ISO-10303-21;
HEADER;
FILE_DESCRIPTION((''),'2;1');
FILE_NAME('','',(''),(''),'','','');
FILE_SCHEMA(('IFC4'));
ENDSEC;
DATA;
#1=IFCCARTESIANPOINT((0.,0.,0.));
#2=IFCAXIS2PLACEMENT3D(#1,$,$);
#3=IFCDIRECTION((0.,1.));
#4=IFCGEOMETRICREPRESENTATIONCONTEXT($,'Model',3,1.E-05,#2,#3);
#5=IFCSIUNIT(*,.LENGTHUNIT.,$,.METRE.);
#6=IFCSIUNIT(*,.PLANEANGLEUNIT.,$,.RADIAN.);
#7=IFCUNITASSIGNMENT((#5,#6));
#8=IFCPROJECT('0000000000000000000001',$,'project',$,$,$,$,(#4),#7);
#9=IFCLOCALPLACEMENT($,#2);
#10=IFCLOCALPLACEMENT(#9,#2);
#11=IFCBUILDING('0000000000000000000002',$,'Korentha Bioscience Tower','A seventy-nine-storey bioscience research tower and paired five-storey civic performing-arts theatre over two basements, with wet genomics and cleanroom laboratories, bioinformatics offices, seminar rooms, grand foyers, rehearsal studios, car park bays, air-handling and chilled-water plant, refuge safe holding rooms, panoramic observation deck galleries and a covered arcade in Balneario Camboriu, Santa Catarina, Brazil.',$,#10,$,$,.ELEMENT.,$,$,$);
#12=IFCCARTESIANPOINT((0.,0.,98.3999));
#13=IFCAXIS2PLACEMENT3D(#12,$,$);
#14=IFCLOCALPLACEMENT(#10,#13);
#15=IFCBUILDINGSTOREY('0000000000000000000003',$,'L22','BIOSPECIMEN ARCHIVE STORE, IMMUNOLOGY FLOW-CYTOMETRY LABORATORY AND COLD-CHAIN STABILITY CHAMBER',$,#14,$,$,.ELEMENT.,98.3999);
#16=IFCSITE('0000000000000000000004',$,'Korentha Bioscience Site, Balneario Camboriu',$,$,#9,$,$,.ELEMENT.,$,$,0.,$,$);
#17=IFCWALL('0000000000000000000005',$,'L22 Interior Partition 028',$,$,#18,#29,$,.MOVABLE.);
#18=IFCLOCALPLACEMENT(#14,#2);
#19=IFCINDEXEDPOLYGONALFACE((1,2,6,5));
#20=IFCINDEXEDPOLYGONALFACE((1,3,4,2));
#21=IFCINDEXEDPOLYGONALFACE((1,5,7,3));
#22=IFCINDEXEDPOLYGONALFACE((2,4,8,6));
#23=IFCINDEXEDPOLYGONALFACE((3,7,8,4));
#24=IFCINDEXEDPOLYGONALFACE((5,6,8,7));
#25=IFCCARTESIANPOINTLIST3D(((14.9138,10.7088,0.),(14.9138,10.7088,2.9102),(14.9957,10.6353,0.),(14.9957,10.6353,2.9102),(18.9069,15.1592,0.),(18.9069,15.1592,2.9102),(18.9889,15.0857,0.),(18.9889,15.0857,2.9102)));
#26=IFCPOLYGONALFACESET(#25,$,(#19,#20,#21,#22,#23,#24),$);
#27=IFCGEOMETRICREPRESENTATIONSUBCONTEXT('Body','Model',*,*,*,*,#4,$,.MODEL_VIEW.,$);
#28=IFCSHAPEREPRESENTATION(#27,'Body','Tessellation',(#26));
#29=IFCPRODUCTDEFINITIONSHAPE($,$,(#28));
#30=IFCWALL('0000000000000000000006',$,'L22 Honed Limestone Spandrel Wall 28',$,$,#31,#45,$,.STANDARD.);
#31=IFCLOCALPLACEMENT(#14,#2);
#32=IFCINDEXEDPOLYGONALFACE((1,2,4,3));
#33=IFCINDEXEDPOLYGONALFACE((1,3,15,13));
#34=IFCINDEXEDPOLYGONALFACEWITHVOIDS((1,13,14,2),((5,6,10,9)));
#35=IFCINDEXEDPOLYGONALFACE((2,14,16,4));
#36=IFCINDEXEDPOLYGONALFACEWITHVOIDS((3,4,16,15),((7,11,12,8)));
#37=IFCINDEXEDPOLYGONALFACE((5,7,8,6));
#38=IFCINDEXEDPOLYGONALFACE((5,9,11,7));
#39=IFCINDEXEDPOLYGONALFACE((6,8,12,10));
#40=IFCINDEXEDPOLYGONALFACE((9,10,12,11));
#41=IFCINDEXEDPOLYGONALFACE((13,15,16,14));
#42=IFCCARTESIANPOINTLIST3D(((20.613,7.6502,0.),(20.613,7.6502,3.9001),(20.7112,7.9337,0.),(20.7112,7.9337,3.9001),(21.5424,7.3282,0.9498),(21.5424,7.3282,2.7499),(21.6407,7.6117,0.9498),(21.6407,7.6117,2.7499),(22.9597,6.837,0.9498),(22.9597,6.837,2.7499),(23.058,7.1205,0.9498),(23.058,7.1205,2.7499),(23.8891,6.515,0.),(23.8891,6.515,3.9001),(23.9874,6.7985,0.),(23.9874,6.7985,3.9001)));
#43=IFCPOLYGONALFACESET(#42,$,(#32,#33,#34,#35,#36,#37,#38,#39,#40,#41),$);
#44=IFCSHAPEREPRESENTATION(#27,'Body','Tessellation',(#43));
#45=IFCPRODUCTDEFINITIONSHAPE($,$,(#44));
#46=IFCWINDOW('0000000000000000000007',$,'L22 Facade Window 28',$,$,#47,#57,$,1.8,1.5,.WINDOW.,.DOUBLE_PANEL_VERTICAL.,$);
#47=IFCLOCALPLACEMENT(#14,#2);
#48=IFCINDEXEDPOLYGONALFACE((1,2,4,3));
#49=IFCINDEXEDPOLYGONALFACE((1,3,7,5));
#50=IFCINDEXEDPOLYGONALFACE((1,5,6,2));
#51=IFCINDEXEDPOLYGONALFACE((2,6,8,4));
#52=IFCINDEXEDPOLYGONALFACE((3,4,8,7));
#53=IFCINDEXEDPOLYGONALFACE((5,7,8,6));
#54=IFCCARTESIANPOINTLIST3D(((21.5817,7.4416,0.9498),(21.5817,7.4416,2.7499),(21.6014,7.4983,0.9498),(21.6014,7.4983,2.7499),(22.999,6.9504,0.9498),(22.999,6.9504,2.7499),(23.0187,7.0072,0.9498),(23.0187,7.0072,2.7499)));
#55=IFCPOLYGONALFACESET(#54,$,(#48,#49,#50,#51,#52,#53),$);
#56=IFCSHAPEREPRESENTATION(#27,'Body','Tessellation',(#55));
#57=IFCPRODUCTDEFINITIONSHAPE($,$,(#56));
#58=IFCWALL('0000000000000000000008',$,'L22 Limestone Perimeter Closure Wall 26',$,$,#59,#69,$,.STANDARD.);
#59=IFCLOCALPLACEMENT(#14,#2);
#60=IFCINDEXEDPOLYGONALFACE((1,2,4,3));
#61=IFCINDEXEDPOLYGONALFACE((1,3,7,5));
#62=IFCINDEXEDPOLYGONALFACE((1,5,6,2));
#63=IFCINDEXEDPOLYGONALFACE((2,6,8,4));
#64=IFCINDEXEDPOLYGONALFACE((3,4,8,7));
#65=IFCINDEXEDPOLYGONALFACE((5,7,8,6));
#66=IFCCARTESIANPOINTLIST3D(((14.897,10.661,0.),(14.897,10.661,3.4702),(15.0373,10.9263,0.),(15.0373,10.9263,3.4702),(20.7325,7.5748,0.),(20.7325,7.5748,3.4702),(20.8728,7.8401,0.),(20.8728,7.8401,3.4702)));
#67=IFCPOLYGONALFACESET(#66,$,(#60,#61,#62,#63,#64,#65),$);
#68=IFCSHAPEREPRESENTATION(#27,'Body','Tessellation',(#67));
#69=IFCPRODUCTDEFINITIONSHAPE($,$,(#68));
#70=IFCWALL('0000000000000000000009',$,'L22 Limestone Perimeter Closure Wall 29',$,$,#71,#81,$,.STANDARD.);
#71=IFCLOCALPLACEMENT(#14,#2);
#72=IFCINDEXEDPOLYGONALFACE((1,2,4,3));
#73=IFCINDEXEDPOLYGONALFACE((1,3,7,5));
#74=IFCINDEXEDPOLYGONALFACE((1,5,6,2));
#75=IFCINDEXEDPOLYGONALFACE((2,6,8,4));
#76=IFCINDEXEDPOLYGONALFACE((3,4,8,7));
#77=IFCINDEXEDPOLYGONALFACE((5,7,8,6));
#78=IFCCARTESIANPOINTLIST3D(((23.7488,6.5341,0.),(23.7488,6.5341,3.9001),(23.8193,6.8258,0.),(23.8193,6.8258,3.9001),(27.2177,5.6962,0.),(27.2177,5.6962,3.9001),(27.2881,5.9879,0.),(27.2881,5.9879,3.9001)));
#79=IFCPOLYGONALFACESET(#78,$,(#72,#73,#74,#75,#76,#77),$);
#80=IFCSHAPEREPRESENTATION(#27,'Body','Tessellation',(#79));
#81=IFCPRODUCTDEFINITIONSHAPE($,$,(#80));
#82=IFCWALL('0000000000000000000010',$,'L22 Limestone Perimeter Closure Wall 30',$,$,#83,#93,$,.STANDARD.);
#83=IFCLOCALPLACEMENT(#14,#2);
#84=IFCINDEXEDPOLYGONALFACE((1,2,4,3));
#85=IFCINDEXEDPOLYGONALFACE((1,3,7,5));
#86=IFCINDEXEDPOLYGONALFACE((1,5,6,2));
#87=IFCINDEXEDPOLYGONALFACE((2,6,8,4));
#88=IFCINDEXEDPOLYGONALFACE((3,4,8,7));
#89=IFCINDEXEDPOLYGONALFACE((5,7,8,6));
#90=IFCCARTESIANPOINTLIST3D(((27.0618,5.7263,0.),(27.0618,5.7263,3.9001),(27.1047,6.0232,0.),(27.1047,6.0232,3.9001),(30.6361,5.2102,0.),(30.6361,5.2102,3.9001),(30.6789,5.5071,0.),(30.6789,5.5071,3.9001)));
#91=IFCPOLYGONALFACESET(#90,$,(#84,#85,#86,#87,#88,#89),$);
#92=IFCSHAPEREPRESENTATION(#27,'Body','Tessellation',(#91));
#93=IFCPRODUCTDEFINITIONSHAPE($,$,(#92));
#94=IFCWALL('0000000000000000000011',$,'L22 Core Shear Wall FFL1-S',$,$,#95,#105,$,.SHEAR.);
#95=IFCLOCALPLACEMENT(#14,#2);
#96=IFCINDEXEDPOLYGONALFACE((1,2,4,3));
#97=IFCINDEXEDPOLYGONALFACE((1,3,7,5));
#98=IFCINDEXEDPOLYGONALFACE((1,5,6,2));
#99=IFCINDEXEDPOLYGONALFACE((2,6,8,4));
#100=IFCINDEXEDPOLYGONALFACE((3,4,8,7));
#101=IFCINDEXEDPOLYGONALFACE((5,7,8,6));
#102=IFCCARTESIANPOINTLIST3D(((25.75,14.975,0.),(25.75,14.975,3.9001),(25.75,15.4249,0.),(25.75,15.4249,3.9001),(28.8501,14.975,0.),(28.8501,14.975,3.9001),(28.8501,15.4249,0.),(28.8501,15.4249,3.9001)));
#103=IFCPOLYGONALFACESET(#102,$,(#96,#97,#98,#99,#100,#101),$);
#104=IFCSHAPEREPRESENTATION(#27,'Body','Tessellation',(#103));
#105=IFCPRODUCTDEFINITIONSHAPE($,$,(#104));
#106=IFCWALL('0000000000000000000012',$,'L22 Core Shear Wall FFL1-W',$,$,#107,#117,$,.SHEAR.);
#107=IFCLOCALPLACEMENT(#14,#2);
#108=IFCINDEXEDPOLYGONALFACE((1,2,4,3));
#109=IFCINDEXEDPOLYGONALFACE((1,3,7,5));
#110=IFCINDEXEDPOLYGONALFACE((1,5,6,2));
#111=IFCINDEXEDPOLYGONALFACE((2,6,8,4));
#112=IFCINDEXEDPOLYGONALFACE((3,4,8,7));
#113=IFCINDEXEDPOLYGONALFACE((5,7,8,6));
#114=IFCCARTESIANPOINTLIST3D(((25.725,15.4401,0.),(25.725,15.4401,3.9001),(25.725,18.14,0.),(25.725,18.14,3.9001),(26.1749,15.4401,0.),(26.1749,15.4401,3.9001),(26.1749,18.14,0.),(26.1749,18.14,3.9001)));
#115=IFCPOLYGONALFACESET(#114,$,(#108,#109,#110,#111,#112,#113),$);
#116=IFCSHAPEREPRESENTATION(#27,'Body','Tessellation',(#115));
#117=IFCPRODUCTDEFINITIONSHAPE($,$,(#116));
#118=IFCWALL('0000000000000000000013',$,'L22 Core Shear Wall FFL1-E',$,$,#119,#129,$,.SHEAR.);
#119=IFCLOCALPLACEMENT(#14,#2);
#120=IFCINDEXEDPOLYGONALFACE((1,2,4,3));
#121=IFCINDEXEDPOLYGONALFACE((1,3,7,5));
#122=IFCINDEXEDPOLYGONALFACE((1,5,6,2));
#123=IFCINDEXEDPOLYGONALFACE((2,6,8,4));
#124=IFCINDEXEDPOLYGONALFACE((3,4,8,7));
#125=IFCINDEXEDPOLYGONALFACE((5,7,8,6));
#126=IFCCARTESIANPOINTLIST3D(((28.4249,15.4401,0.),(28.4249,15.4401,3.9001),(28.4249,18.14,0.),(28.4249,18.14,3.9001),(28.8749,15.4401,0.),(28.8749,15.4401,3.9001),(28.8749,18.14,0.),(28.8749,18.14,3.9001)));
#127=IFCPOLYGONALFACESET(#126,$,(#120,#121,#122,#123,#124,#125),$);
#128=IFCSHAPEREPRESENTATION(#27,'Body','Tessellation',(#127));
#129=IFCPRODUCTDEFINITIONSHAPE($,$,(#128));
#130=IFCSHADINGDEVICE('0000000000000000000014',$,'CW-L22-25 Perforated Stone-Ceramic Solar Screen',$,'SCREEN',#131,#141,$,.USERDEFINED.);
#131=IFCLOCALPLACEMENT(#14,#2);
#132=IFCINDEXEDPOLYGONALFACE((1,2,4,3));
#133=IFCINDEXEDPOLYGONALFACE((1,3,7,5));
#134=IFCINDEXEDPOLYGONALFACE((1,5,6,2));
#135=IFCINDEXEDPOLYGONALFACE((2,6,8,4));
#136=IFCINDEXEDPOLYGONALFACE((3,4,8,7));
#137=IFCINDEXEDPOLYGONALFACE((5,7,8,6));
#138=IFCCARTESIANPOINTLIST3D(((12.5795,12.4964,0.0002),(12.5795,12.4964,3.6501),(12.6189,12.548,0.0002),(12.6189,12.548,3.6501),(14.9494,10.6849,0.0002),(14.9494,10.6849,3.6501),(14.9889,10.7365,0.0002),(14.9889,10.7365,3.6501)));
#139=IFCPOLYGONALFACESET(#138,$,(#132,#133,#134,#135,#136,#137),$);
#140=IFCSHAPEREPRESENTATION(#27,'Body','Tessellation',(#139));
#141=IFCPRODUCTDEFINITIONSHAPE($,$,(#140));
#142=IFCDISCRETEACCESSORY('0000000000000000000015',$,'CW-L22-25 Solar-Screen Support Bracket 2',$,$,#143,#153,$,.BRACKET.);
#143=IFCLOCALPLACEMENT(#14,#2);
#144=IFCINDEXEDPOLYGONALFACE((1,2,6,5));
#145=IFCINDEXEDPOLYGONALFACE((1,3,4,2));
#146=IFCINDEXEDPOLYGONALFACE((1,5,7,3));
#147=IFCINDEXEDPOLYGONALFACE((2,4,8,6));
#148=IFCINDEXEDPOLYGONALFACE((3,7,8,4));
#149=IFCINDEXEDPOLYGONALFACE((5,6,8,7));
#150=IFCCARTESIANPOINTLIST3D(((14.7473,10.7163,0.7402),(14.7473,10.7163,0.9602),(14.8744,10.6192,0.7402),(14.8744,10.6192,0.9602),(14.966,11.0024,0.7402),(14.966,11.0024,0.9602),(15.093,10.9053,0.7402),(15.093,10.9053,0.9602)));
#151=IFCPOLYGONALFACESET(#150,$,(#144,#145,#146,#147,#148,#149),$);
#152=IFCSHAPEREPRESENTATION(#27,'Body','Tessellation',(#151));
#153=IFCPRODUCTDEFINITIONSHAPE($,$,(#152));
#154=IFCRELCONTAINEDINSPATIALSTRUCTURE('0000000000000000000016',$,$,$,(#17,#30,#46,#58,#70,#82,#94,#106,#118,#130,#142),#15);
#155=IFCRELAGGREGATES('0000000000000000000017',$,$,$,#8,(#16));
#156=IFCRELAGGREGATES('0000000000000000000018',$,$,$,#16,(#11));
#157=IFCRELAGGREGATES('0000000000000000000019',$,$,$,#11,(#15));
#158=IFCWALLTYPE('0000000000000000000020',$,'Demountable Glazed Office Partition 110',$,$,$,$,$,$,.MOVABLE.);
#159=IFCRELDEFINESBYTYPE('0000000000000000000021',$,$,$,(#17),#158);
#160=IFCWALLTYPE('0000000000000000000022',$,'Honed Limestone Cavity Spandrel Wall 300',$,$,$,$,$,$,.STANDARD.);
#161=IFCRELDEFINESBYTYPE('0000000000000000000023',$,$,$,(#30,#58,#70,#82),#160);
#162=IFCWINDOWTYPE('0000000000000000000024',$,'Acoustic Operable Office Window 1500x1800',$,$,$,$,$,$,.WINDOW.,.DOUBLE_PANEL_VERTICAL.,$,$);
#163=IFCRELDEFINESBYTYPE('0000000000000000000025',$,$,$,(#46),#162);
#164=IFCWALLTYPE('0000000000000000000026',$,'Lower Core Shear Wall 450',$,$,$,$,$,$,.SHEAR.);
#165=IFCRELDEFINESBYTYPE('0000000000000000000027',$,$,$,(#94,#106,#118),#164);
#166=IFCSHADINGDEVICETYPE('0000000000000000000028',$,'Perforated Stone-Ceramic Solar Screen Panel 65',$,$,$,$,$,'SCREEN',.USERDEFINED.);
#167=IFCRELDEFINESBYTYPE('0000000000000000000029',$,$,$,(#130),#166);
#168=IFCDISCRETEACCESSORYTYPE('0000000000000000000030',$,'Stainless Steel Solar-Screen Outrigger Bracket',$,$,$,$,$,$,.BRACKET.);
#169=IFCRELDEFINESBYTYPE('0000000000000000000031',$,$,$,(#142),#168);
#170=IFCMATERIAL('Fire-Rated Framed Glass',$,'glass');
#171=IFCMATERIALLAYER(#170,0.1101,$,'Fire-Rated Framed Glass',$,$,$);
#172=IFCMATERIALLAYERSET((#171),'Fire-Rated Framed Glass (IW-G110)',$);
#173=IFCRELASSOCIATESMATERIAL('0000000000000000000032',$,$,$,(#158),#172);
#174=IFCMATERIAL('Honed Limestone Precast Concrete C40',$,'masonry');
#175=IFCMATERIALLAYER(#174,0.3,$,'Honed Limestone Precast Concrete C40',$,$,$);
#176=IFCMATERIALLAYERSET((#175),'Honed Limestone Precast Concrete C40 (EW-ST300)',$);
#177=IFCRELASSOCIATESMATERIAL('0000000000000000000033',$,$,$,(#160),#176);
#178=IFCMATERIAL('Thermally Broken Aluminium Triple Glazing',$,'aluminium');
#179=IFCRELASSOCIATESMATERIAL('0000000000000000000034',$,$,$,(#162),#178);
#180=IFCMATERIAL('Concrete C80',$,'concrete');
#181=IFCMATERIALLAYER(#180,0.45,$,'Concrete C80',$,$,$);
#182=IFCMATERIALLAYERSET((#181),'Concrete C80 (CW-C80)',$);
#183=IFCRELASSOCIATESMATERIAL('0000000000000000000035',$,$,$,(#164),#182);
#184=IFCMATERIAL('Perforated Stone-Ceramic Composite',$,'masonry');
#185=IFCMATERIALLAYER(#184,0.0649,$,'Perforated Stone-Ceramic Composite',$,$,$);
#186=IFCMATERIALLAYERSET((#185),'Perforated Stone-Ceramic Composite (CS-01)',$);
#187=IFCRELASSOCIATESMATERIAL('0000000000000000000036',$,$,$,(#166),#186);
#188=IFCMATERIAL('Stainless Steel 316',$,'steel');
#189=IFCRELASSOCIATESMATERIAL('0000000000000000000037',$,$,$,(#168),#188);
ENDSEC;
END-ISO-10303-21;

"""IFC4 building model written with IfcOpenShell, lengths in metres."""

from ifc_helpers import new_model, si_unit, direction, frame, frame_2d, origin, origin_2d, place, context, subcontext, project, spatial, rectangle, extrude, material, layer, layer_set, type_object, element, fill, save


model = new_model("IFC4")

# Units and contexts
model_context = context("Model", 3, precision=1e-05, world=origin(), true_north=direction((0.0, 1.0)))
body_context = subcontext(model_context, "Body", "Model", "MODEL_VIEW")
ifc_project = project(units=[si_unit("LENGTHUNIT", "METRE"), si_unit("PLANEANGLEUNIT", "RADIAN")], contexts=[model_context])

# Site, building, storey
site_placement = place(None, origin())
site = spatial("IfcSite", under=ifc_project, at=site_placement, Name="Korentha Bioscience Site, Balneario Camboriu", CompositionType="ELEMENT", RefElevation=0.0)
building_placement = place(site_placement, origin())
building = spatial("IfcBuilding", under=site, at=building_placement, Name="Korentha Bioscience Tower", Description="A seventy-nine-storey bioscience research tower and paired five-storey civic performing-arts theatre over two basements, with wet genomics and cleanroom laboratories, bioinformatics offices, seminar rooms, grand foyers, rehearsal studios, car park bays, air-handling and chilled-water plant, refuge safe holding rooms, panoramic observation deck galleries and a covered arcade in Balneario Camboriu, Santa Catarina, Brazil.", CompositionType="ELEMENT")
storey_placement = place(building_placement, frame((0.0, 0.0, 98.3999)))
storey = spatial("IfcBuildingStorey", under=building, at=storey_placement, Name="L22", Description="BIOSPECIMEN ARCHIVE STORE, IMMUNOLOGY FLOW-CYTOMETRY LABORATORY AND COLD-CHAIN STABILITY CHAMBER", CompositionType="ELEMENT", Elevation=98.3999)

# Shared definitions
ifc_material_1 = material(Name="Concrete C80", Category="concrete")

# Wall
ifc_material_2 = material(Name="Fire-Rated Framed Glass", Category="glass")
ifc_layer_1 = layer(ifc_material_2, 0.1101, Name="Fire-Rated Framed Glass")
ifc_layer_set_1 = layer_set([ifc_layer_1], Name="Fire-Rated Framed Glass (IW-G110)")
wall_type_1 = type_object("IfcWallType", Name="Demountable Glazed Office Partition 110", PredefinedType="MOVABLE", material=ifc_layer_set_1)
wall_1_placement = place(storey_placement, frame((18.948, 15.1226, 0.0), z_axis=(0.0, 0.0, 1.0), x_axis=(-0.667834, -0.74431, 0.0)))
element("IfcWall", 1, at=wall_1_placement, inside=storey, type_object=wall_type_1, Name="L22 Interior Partition 028", PredefinedType="MOVABLE", context=body_context, shape_type="SweptSolid", body=[
    extrude(rectangle(XDim=5.9792, YDim=0.1101, at=frame_2d((2.9897, 0.0))), origin(), (0.0, 0.0, 1.0), 2.9102),
])

# Wall, opening, window
ifc_material_3 = material(Name="Honed Limestone Precast Concrete C40", Category="masonry")
ifc_layer_2 = layer(ifc_material_3, 0.3, Name="Honed Limestone Precast Concrete C40")
ifc_layer_set_2 = layer_set([ifc_layer_2], Name="Honed Limestone Precast Concrete C40 (EW-ST300)")
wall_type_2 = type_object("IfcWallType", Name="Honed Limestone Cavity Spandrel Wall 300", PredefinedType="STANDARD", material=ifc_layer_set_2)
wall_2_placement = place(storey_placement, frame((20.6621, 7.792, 0.0), z_axis=(0.0, 0.0, 1.0), x_axis=(0.944878, -0.327423, 0.0)))
wall_2 = element("IfcWall", 2, at=wall_2_placement, inside=storey, type_object=wall_type_2, Name="L22 Honed Limestone Spandrel Wall 28", PredefinedType="STANDARD", context=body_context, shape_type="SweptSolid", body=[
    extrude(rectangle(XDim=3.4673, YDim=0.3, at=frame_2d((1.7336, 0.0))), origin(), (0.0, 0.0, 1.0), 3.9001),
])
opening_1_placement = place(wall_2_placement, frame((0.9836, 0.0, 0.95)))
opening_1 = element("IfcOpeningElement", 3, at=opening_1_placement, cuts=wall_2, PredefinedType="OPENING", context=body_context, shape_type="SweptSolid", body=[
    extrude(rectangle(XDim=1.5, YDim=1.8, at=frame_2d((0.75, 0.8999))), frame((0.0, 0.165, 0.0), z_axis=(0.0, -1.0, 0.0), x_axis=(1.0, 0.0, 0.0)), (0.0, 0.0, 1.0), 0.3298),
])
ifc_material_4 = material(Name="Thermally Broken Aluminium Triple Glazing", Category="aluminium")
window_type = type_object("IfcWindowType", Name="Acoustic Operable Office Window 1500x1800", PartitioningType="DOUBLE_PANEL_VERTICAL", PredefinedType="WINDOW", material=ifc_material_4)
window_placement = place(opening_1_placement, origin())
window = element("IfcWindow", 4, at=window_placement, inside=storey, type_object=window_type, Name="L22 Facade Window 28", OverallHeight=1.8, OverallWidth=1.5, PartitioningType="DOUBLE_PANEL_VERTICAL", PredefinedType="WINDOW", context=body_context, shape_type="SweptSolid", body=[
    extrude(rectangle(XDim=1.5, YDim=1.8, at=frame_2d((0.75, 0.8999))), frame((0.0, 0.03, 0.0), z_axis=(0.0, -1.0, 0.0), x_axis=(1.0, 0.0, 0.0)), (0.0, 0.0, 1.0), 0.0601),
])
fill(opening_1, window)

# Walls
wall_3_placement = place(storey_placement, frame((14.967, 10.7937, 0.0), z_axis=(0.0, 0.0, 1.0), x_axis=(0.883987, -0.467512, 0.0)))
element("IfcWall", 5, at=wall_3_placement, inside=storey, type_object=wall_type_2, Name="L22 Limestone Perimeter Closure Wall 26", PredefinedType="STANDARD", context=body_context, shape_type="SweptSolid", body=[
    extrude(rectangle(XDim=6.6013, YDim=0.3, at=frame_2d((3.3008, 0.0))), origin(), (0.0, 0.0, 1.0), 3.4702),
])
wall_4_placement = place(storey_placement, frame((23.7842, 6.6799, 0.0), z_axis=(0.0, 0.0, 1.0), x_axis=(0.972043, -0.234801, 0.0)))
element("IfcWall", 6, at=wall_4_placement, inside=storey, type_object=wall_type_2, Name="L22 Limestone Perimeter Closure Wall 29", PredefinedType="STANDARD", context=body_context, shape_type="SweptSolid", body=[
    extrude(rectangle(XDim=3.5686, YDim=0.3, at=frame_2d((1.7842, 0.0))), origin(), (0.0, 0.0, 1.0), 3.9001),
])
wall_5_placement = place(storey_placement, frame((27.0833, 5.8748, 0.0), z_axis=(0.0, 0.0, 1.0), x_axis=(0.989735, -0.142917, 0.0)))
element("IfcWall", 7, at=wall_5_placement, inside=storey, type_object=wall_type_2, Name="L22 Limestone Perimeter Closure Wall 30", PredefinedType="STANDARD", context=body_context, shape_type="SweptSolid", body=[
    extrude(rectangle(XDim=3.6113, YDim=0.3, at=frame_2d((1.8057, 0.0))), origin(), (0.0, 0.0, 1.0), 3.9001),
])
ifc_layer_3 = layer(ifc_material_1, 0.45, Name="Concrete C80")
ifc_layer_set_3 = layer_set([ifc_layer_3], Name="Concrete C80 (CW-C80)")
wall_type_3 = type_object("IfcWallType", Name="Lower Core Shear Wall 450", PredefinedType="SHEAR", material=ifc_layer_set_3)
wall_6_placement = place(storey_placement, frame((25.75, 15.2, 0.0), z_axis=(0.0, 0.0, 1.0), x_axis=(1.0, 0.0, 0.0)))
element("IfcWall", 8, at=wall_6_placement, inside=storey, type_object=wall_type_3, Name="L22 Core Shear Wall FFL1-S", PredefinedType="SHEAR", context=body_context, shape_type="SweptSolid", body=[
    extrude(rectangle(XDim=3.1001, YDim=0.45, at=frame_2d((1.55, 0.0))), origin(), (0.0, 0.0, 1.0), 3.9001),
])
for number, where, z_axis, x_axis, name in (
    (9, (25.95, 15.4399, 0.0), (0.0, 0.0, 1.0), (0.0, 1.0, 0.0), "L22 Core Shear Wall FFL1-W"),
    (10, (28.6499, 15.4399, 0.0), (0.0, 0.0, 1.0), (0.0, 1.0, 0.0), "L22 Core Shear Wall FFL1-E"),
):
    element("IfcWall", number, at=place(storey_placement, frame(where, z_axis=z_axis, x_axis=x_axis)), inside=storey, type_object=wall_type_3, Name=name, PredefinedType="SHEAR", context=body_context, shape_type="SweptSolid", body=[
        extrude(rectangle(XDim=2.7, YDim=0.45, at=frame_2d((1.3501, 0.0))), origin(), (0.0, 0.0, 1.0), 3.9001),
    ])

# Shading device
ifc_material_5 = material(Name="Perforated Stone-Ceramic Composite", Category="masonry")
ifc_layer_4 = layer(ifc_material_5, 0.0649, Name="Perforated Stone-Ceramic Composite")
ifc_layer_set_4 = layer_set([ifc_layer_4], Name="Perforated Stone-Ceramic Composite (CS-01)")
shading_device_type = type_object("IfcShadingDeviceType", Name="Perforated Stone-Ceramic Solar Screen Panel 65", ElementType="SCREEN", PredefinedType="USERDEFINED", material=ifc_layer_set_4)
shading_device_placement = place(storey_placement, frame((13.7842, 11.6165, 0.0002), z_axis=(0.0, 0.0, 1.0), x_axis=(0.7945, -0.607265, 0.0)))
element("IfcShadingDevice", 11, at=shading_device_placement, inside=storey, type_object=shading_device_type, Name="CW-L22-25 Perforated Stone-Ceramic Solar Screen", ObjectType="SCREEN", PredefinedType="USERDEFINED", context=body_context, shape_type="SweptSolid", body=[
    extrude(rectangle(XDim=2.9829, YDim=0.0649, at=origin_2d()), origin(), (0.0, 0.0, 1.0), 3.6499),
])

# Discrete accessory
ifc_material_6 = material(Name="Stainless Steel 316", Category="steel")
discrete_accessory_type = type_object("IfcDiscreteAccessoryType", Name="Stainless Steel Solar-Screen Outrigger Bracket", PredefinedType="BRACKET", material=ifc_material_6)
discrete_accessory_placement = place(storey_placement, frame((14.9202, 10.8108, 0.7402), z_axis=(0.0, 0.0, 1.0), x_axis=(0.7945, -0.607265, 0.0)))
element("IfcDiscreteAccessory", 12, at=discrete_accessory_placement, inside=storey, type_object=discrete_accessory_type, Name="CW-L22-25 Solar-Screen Support Bracket 2", PredefinedType="BRACKET", context=body_context, shape_type="SweptSolid", body=[
    extrude(rectangle(XDim=0.1599, YDim=0.3601, at=origin_2d()), origin(), (0.0, 0.0, 1.0), 0.22),
])

save(model, "model.ifc")
